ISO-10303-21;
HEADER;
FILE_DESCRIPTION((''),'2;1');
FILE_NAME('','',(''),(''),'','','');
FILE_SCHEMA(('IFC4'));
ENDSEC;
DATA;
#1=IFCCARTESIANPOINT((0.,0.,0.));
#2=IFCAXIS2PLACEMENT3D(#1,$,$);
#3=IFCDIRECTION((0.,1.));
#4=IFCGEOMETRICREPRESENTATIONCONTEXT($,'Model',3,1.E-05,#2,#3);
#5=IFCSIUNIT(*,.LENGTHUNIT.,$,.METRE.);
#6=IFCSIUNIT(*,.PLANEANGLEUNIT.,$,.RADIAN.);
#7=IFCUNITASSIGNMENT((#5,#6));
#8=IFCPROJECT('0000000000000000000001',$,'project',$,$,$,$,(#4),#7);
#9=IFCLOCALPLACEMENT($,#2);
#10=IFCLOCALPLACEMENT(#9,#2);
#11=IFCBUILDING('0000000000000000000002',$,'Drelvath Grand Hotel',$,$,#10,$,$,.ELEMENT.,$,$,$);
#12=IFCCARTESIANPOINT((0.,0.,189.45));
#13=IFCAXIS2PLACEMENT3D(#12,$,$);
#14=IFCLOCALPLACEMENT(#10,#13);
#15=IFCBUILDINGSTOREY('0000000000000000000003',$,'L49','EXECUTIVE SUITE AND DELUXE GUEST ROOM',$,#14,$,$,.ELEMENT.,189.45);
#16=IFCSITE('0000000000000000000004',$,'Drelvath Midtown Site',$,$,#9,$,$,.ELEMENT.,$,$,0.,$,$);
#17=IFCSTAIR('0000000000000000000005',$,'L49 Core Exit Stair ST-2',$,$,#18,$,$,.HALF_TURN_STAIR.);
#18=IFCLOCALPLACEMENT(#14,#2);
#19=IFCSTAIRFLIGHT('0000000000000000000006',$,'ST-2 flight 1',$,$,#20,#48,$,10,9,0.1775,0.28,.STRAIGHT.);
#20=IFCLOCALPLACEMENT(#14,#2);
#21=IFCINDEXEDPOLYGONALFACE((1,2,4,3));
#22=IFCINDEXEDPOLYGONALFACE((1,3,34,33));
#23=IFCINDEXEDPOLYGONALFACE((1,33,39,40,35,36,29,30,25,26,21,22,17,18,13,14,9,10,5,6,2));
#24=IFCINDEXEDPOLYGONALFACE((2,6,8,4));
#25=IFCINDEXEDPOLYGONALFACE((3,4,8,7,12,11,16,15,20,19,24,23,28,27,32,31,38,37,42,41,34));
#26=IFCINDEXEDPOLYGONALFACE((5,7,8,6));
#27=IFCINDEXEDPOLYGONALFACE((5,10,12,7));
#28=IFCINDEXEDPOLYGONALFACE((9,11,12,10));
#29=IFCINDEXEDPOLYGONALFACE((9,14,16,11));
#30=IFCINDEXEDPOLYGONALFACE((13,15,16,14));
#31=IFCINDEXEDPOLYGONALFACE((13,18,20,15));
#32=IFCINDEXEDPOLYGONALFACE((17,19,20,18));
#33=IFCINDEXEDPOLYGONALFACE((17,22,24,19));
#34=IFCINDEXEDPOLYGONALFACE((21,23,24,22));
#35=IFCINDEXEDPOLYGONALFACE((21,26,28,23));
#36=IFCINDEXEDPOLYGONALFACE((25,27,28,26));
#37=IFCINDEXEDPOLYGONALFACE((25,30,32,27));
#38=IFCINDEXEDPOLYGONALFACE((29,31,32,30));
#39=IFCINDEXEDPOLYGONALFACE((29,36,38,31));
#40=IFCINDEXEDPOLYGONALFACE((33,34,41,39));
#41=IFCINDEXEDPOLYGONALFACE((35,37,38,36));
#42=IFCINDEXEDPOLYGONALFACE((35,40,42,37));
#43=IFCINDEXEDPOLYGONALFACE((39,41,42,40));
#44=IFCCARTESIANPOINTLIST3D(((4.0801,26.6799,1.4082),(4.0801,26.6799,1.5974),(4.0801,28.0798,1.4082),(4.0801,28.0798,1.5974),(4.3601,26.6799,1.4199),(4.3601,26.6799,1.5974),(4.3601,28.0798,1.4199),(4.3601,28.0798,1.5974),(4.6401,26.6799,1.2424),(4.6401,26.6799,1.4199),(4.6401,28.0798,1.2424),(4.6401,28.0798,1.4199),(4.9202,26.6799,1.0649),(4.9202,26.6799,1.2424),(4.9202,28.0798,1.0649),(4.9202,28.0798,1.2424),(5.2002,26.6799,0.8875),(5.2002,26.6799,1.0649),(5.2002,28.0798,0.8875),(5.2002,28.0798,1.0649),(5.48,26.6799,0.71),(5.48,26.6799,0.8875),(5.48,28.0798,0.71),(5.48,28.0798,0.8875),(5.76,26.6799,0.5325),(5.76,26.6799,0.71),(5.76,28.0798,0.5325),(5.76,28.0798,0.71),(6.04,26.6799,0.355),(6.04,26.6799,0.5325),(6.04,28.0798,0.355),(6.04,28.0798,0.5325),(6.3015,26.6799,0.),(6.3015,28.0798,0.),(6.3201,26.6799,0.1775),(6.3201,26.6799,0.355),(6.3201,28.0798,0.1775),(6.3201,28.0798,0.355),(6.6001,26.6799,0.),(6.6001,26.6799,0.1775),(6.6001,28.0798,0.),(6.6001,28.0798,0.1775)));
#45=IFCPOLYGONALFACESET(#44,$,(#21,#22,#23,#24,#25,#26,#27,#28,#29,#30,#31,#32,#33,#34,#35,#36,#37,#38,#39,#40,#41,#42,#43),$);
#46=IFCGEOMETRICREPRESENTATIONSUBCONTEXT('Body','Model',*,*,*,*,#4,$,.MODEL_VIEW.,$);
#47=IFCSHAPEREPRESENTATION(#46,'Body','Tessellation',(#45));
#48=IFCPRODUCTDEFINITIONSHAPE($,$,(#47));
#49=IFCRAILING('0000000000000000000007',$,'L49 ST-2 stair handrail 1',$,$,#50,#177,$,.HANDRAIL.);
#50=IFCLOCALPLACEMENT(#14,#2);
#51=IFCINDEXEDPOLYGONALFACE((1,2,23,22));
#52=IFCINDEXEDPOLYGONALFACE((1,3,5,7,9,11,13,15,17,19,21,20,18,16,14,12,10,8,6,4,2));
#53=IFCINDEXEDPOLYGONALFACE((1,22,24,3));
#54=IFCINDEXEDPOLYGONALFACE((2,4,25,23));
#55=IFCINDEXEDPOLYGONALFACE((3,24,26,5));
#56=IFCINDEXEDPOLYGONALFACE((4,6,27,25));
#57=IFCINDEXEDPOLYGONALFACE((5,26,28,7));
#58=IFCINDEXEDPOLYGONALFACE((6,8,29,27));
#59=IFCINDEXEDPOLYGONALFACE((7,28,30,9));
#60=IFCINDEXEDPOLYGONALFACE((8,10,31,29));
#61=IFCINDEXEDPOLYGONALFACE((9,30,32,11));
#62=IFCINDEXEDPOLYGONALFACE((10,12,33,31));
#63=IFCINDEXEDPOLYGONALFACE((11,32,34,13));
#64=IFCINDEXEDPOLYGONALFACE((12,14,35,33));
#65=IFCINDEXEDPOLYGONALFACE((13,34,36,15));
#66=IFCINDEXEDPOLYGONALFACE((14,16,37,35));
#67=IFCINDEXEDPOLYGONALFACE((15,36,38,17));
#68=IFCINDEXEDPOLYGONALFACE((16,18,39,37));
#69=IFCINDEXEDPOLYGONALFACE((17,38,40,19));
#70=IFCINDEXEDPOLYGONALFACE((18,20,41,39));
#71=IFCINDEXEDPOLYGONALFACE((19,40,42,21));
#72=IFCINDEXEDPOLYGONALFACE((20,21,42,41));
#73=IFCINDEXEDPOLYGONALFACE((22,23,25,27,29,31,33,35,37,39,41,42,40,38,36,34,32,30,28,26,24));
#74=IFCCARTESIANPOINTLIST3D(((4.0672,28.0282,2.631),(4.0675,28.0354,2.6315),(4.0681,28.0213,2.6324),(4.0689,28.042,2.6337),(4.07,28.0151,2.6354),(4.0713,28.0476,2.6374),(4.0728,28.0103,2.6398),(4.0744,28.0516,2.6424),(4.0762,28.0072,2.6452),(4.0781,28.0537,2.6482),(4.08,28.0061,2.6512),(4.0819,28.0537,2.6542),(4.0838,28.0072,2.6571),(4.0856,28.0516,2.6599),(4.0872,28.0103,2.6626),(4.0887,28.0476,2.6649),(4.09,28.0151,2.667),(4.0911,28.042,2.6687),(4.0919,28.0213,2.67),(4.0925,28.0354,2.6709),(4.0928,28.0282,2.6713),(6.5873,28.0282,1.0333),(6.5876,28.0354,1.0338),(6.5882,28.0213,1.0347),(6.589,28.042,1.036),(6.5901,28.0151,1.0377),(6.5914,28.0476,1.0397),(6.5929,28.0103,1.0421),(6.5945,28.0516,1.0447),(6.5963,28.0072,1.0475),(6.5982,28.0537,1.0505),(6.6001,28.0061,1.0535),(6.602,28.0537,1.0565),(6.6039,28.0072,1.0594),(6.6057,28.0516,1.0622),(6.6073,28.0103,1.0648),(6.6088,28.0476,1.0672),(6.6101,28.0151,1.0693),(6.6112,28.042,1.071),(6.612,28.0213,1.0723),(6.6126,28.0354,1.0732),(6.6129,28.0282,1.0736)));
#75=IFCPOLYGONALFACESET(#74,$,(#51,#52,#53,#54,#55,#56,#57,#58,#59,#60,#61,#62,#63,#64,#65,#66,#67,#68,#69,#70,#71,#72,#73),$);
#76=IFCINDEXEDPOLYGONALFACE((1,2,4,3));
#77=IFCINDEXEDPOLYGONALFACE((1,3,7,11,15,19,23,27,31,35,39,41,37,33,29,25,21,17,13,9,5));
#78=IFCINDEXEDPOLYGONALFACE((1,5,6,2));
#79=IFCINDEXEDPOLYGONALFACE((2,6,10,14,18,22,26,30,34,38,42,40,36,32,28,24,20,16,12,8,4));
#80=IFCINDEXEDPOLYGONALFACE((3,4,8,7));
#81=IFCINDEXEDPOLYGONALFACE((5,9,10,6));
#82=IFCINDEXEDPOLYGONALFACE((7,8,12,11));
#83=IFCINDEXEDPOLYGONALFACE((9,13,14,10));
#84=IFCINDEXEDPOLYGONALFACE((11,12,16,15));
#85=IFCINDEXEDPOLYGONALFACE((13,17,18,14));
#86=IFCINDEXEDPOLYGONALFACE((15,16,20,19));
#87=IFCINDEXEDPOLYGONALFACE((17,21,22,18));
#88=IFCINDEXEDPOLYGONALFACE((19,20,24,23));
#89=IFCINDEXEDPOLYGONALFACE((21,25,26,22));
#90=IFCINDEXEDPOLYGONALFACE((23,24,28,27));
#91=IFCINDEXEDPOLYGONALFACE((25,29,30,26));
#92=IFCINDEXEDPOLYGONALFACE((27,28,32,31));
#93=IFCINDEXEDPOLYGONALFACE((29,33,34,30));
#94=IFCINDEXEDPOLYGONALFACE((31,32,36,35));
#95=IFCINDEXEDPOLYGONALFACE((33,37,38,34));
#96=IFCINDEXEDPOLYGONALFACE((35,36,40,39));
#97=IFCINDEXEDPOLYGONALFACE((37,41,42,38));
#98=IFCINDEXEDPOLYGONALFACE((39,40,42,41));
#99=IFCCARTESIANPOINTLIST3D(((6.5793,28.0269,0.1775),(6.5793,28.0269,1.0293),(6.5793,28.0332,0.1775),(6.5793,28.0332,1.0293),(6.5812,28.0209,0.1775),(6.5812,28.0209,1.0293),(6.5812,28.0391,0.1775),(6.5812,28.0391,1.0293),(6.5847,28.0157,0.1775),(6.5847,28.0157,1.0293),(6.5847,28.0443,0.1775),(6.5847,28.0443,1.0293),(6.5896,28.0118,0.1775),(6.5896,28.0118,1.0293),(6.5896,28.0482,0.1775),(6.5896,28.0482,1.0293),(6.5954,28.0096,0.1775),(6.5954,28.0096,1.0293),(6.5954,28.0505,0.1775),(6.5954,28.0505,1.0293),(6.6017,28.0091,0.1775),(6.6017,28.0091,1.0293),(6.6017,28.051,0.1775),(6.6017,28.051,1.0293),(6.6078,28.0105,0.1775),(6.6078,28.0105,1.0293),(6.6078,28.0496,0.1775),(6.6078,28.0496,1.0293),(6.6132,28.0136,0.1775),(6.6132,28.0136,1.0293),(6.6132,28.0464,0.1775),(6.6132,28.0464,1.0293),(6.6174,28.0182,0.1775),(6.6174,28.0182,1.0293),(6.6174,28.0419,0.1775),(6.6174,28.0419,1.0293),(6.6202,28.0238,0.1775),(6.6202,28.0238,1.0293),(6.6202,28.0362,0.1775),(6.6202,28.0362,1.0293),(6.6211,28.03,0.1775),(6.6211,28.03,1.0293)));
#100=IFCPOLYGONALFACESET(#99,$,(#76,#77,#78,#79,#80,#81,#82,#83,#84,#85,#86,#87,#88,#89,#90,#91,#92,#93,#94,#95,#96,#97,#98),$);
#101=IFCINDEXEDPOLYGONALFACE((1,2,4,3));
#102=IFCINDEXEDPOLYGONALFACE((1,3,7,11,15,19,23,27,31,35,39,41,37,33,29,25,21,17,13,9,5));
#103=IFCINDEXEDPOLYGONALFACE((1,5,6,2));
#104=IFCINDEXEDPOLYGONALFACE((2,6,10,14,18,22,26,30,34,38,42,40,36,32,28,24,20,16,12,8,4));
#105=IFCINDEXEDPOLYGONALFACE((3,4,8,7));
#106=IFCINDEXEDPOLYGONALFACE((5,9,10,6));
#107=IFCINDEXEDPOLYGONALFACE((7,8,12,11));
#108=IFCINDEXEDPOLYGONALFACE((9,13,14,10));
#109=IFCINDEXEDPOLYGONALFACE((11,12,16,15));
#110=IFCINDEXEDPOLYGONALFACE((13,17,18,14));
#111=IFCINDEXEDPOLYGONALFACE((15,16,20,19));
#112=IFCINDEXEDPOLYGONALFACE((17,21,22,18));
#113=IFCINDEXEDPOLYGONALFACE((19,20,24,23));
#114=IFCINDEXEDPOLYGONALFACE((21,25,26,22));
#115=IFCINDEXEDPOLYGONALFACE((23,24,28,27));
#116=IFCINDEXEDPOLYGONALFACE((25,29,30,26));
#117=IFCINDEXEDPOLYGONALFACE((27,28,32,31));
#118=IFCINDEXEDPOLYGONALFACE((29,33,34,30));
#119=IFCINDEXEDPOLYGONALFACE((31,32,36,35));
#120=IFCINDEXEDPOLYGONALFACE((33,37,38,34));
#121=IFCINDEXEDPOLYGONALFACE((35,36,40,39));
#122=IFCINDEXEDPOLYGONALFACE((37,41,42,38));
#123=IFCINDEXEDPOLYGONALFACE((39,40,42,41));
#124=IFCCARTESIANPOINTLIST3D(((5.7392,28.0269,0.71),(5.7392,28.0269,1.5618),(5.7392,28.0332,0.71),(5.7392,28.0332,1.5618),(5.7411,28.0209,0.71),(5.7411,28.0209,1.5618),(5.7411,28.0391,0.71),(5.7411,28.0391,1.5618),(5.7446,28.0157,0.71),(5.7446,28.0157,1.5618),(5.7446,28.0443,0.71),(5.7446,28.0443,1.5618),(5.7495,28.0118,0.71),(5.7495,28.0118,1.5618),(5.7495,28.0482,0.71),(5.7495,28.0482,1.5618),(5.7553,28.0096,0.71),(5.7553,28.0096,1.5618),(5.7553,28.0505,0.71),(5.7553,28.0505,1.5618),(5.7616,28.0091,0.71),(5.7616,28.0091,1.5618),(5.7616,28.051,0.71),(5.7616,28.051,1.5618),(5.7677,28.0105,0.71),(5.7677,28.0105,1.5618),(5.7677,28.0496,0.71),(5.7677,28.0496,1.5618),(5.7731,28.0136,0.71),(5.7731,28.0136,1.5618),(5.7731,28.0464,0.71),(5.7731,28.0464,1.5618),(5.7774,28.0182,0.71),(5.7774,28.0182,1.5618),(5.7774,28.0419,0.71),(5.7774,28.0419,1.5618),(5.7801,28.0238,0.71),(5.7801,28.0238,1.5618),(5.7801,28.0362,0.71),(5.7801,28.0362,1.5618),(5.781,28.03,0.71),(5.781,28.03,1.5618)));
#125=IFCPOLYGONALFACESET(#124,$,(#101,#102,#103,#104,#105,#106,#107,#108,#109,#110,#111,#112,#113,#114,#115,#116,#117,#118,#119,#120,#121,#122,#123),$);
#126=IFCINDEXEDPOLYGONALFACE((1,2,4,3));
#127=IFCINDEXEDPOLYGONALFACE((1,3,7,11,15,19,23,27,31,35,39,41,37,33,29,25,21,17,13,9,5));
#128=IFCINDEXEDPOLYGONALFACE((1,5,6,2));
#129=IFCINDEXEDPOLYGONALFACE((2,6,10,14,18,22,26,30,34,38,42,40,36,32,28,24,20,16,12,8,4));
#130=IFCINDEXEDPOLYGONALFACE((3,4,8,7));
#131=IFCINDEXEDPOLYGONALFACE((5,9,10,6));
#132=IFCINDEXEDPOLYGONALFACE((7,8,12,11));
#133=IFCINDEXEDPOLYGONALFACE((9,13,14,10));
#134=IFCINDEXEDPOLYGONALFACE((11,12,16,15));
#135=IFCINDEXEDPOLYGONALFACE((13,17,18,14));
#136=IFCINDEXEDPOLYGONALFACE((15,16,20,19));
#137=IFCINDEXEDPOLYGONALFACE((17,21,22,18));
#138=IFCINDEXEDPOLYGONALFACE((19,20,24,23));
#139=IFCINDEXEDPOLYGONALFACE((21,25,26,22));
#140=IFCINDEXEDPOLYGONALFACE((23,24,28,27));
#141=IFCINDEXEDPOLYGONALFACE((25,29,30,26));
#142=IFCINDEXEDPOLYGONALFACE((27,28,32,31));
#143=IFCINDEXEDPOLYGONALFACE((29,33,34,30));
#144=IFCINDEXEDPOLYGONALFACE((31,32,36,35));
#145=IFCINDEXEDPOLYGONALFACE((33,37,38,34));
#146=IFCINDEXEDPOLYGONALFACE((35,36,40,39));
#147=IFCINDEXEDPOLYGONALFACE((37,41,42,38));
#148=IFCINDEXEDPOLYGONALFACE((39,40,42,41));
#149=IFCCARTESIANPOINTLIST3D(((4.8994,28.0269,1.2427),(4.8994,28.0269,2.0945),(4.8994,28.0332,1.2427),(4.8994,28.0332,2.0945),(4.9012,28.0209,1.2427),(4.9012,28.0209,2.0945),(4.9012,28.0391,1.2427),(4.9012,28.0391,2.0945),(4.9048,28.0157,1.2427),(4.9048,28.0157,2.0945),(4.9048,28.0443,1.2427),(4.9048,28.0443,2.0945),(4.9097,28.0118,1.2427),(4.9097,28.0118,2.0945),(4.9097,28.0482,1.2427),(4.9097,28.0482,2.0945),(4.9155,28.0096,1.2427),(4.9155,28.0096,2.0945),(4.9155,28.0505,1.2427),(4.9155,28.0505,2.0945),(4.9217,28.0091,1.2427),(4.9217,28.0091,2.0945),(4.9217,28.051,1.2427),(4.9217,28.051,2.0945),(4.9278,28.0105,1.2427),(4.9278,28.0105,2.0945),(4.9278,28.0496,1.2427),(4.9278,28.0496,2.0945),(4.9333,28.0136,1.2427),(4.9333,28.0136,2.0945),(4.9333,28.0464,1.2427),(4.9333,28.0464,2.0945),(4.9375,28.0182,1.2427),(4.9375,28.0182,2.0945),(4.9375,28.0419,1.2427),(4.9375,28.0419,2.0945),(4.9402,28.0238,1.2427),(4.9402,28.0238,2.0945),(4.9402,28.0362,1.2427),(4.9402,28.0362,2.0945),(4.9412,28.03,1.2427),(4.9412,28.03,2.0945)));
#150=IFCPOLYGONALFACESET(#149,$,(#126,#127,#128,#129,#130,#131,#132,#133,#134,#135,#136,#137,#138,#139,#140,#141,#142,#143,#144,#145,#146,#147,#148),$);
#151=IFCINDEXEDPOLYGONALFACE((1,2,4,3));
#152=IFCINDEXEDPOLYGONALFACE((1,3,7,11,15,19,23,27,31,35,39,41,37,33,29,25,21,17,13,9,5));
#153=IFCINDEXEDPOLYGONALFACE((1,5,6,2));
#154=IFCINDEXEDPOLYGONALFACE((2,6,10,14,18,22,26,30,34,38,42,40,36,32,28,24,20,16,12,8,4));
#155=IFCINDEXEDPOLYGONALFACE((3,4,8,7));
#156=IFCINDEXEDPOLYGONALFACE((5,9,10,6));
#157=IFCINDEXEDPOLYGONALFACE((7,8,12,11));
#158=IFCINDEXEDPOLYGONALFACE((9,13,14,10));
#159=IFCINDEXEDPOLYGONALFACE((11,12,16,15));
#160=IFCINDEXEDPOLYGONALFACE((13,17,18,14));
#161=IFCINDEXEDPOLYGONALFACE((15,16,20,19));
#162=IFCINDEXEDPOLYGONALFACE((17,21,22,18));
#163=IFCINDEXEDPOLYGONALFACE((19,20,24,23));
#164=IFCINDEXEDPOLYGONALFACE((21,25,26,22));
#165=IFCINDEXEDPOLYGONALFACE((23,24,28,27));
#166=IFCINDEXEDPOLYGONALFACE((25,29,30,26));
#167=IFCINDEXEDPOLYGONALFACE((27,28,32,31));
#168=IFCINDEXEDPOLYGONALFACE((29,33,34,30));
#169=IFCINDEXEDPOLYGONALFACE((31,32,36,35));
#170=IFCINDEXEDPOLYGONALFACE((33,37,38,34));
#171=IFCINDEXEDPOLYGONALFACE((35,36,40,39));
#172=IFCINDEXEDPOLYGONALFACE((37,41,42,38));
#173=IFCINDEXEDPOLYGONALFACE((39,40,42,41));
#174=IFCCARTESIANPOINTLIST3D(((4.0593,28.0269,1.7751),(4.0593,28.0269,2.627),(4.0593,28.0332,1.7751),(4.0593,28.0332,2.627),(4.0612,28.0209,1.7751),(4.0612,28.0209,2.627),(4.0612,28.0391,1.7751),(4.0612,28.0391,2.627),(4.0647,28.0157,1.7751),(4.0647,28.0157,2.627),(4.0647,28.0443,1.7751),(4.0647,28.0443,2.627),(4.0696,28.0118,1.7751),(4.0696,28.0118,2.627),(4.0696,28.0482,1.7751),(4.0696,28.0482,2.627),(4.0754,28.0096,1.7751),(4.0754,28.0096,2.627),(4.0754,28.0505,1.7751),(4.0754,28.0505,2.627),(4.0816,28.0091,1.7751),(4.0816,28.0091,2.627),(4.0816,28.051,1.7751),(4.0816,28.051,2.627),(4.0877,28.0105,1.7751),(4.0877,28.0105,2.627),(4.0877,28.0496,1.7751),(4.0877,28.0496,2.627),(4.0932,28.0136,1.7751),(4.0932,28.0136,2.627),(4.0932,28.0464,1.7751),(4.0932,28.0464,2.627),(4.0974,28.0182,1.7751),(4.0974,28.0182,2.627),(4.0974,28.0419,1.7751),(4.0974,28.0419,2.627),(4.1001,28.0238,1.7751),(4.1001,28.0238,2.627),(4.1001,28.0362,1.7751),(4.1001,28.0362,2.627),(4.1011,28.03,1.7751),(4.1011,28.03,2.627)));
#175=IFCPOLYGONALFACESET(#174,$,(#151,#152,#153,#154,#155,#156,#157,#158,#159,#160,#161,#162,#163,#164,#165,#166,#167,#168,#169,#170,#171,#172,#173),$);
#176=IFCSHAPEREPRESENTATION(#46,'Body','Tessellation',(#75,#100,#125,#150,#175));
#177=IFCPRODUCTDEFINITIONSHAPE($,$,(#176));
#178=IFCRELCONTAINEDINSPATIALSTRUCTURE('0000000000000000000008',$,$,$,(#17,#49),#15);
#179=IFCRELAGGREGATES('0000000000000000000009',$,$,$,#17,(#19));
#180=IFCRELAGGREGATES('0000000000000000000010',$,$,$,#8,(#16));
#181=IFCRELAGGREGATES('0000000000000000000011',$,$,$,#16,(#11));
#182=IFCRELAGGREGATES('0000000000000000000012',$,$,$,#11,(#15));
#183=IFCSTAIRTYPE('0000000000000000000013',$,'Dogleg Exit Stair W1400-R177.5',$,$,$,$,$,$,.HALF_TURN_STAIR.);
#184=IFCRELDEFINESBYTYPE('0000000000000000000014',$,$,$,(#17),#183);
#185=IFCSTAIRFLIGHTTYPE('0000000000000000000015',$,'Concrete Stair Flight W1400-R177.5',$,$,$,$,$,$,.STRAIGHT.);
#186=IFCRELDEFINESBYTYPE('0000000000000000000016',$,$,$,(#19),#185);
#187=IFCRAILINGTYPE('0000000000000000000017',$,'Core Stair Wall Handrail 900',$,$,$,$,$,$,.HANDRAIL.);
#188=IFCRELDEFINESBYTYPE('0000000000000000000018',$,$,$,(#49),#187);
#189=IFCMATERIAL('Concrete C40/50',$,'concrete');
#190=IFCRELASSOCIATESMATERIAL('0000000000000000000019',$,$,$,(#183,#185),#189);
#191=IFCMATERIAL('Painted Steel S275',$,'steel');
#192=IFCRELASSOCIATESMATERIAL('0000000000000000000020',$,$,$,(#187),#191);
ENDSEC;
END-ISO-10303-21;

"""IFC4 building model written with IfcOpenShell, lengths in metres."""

from ifc_helpers import new_model, si_unit, direction, frame, origin, origin_2d, place, context, subcontext, project, spatial, polyline, circle, outline, extrude, material, type_object, element, aggregate, save


model = new_model("IFC4")

# Units and contexts
model_context = context("Model", 3, precision=1e-05, world=origin(), true_north=direction((0.0, 1.0)))
body_context = subcontext(model_context, "Body", "Model", "MODEL_VIEW")
ifc_project = project(units=[si_unit("LENGTHUNIT", "METRE"), si_unit("PLANEANGLEUNIT", "RADIAN")], contexts=[model_context])

# Site, building, storey
site_placement = place(None, origin())
site = spatial("IfcSite", under=ifc_project, at=site_placement, Name="Drelvath Midtown Site", CompositionType="ELEMENT", RefElevation=0.0)
building_placement = place(site_placement, origin())
building = spatial("IfcBuilding", under=site, at=building_placement, Name="Drelvath Grand Hotel", CompositionType="ELEMENT")
storey_placement = place(building_placement, frame((0.0, 0.0, 189.45)))
storey = spatial("IfcBuildingStorey", under=building, at=storey_placement, Name="L49", Description="EXECUTIVE SUITE AND DELUXE GUEST ROOM", CompositionType="ELEMENT", Elevation=189.45)

# Shared definitions
ifc_material_1 = material(Name="Concrete C40/50", Category="concrete")

# Shared definitions
ifc_material_2 = material(Name="Painted Steel S275", Category="steel")

# Stair, stair flight
stair_type = type_object("IfcStairType", Name="Dogleg Exit Stair W1400-R177.5", PredefinedType="HALF_TURN_STAIR", material=ifc_material_1)
stair_placement = place(storey_placement, origin())
stair = element("IfcStair", 1, at=stair_placement, inside=storey, type_object=stair_type, Name="L49 Core Exit Stair ST-2", PredefinedType="HALF_TURN_STAIR")
stair_flight_type = type_object("IfcStairFlightType", Name="Concrete Stair Flight W1400-R177.5", PredefinedType="STRAIGHT", material=ifc_material_1)
stair_flight_placement = place(storey_placement, frame((6.6001, 27.3799, 0.0), z_axis=(0.0, 0.0, 1.0), x_axis=(-1.0, 0.0, 0.0)))
stair_flight = element("IfcStairFlight", 2, at=stair_flight_placement, type_object=stair_flight_type, Name="ST-2 flight 1", NumberOfRisers=10, NumberOfTreads=9, PredefinedType="STRAIGHT", RiserHeight=0.1775, TreadLength=0.28, context=body_context, shape_type="SweptSolid", body=[
    extrude(outline(polyline([(0.0, 0.0), (0.0, 0.1775), (0.28, 0.1775), (0.28, 0.355), (0.5601, 0.355), (0.5601, 0.5325), (0.8401, 0.5325), (0.8401, 0.71), (1.1201, 0.71), (1.1201, 0.8875), (1.3999, 0.8875), (1.3999, 1.0649), (1.6799, 1.0649), (1.6799, 1.2424), (1.96, 1.2424), (1.96, 1.4199), (2.24, 1.4199), (2.24, 1.5974), (2.52, 1.5974), (2.52, 1.7749), (2.52, 1.4082), (0.2986, 0.0), (0.0, 0.0)])), frame((0.0, 0.7, 0.0), z_axis=(0.0, -1.0, 0.0), x_axis=(1.0, 0.0, 0.0)), (0.0, 0.0, 1.0), 1.3999),
])
aggregate(stair, [stair_flight])

# Railing
railing_type = type_object("IfcRailingType", Name="Core Stair Wall Handrail 900", PredefinedType="HANDRAIL", material=ifc_material_2)
railing_placement = place(storey_placement, frame((6.6001, 28.03, 0.1775)))
element("IfcRailing", 3, at=railing_placement, inside=storey, type_object=railing_type, Name="L49 ST-2 stair handrail 1", PredefinedType="HANDRAIL", context=body_context, shape_type="SweptSolid", body=[
    extrude(circle(Radius=0.0239, at=origin_2d()), frame((0.0, 0.0, 0.876), z_axis=(-0.84457, 0.0, 0.535445), x_axis=(0.0, -1.0, 0.0)), (0.0, 0.0, 1.0), 2.9839),
    extrude(circle(Radius=0.021, at=origin_2d()), origin(), (0.0, 0.0, 1.0), 0.8518),
    extrude(circle(Radius=0.021, at=origin_2d()), frame((-0.8401, 0.0, 0.5325)), (0.0, 0.0, 1.0), 0.8518),
    extrude(circle(Radius=0.021, at=origin_2d()), frame((-1.6799, 0.0, 1.0652)), (0.0, 0.0, 1.0), 0.8518),
    extrude(circle(Radius=0.021, at=origin_2d()), frame((-2.52, 0.0, 1.5977)), (0.0, 0.0, 1.0), 0.8518),
])

save(model, "model.ifc")
